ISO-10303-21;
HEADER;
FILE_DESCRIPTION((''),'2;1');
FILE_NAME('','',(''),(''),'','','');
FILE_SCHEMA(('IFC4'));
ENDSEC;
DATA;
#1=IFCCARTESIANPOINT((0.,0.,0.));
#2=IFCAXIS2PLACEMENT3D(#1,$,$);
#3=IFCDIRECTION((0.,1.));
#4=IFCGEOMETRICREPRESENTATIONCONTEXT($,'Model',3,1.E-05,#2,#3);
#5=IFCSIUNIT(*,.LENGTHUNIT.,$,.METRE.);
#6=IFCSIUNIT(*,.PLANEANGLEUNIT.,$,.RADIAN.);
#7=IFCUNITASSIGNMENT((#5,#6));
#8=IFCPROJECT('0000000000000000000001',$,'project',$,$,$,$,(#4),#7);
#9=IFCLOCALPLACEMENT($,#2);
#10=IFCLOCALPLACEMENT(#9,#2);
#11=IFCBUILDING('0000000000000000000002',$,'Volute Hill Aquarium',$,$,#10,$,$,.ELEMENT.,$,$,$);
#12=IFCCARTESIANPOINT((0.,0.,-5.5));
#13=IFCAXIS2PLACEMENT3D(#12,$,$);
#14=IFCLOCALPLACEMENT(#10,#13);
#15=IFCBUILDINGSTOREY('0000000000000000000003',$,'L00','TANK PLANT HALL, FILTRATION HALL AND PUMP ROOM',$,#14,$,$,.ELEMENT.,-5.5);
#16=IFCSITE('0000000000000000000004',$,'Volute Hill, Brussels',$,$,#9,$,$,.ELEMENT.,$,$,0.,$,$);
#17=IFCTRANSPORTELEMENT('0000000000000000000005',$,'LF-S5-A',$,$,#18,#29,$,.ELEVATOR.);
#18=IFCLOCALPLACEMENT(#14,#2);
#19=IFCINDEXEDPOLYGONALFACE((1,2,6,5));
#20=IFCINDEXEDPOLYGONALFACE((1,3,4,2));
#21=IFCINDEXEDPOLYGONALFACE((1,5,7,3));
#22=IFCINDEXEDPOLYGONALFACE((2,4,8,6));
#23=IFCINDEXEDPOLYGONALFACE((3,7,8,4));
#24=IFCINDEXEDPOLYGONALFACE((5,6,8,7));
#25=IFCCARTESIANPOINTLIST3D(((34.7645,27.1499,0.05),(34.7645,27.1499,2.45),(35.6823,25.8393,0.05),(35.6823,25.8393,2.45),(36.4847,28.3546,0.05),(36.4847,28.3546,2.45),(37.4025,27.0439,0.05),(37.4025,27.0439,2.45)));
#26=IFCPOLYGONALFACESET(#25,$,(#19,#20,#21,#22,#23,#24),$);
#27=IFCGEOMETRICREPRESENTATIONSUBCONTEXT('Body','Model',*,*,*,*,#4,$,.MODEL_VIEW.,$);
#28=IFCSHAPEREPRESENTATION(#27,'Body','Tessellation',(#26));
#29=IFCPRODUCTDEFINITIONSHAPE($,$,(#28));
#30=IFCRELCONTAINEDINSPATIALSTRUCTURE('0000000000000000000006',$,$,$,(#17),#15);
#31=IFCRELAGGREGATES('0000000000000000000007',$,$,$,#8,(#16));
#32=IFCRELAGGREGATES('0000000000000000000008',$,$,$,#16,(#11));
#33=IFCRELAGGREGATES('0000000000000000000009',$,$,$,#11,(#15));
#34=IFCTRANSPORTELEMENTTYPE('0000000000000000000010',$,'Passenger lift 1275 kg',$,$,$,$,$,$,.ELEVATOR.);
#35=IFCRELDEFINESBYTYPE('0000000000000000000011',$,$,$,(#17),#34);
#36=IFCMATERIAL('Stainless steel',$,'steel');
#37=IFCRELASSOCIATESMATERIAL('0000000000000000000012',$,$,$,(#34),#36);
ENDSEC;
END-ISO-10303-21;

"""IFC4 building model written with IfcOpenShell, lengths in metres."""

from ifc_helpers import new_model, si_unit, direction, frame, origin, origin_2d, place, context, subcontext, project, spatial, rectangle, extrude, material, type_object, element, save


model = new_model("IFC4")

# Units and contexts
model_context = context("Model", 3, precision=1e-05, world=origin(), true_north=direction((0.0, 1.0)))
body_context = subcontext(model_context, "Body", "Model", "MODEL_VIEW")
ifc_project = project(units=[si_unit("LENGTHUNIT", "METRE"), si_unit("PLANEANGLEUNIT", "RADIAN")], contexts=[model_context])

# Site, building, storey
site_placement = place(None, origin())
site = spatial("IfcSite", under=ifc_project, at=site_placement, Name="Volute Hill, Brussels", CompositionType="ELEMENT", RefElevation=0.0)
building_placement = place(site_placement, origin())
building = spatial("IfcBuilding", under=site, at=building_placement, Name="Volute Hill Aquarium", CompositionType="ELEMENT")
storey_placement = place(building_placement, frame((0.0, 0.0, -5.5)))
storey = spatial("IfcBuildingStorey", under=building, at=storey_placement, Name="L00", Description="TANK PLANT HALL, FILTRATION HALL AND PUMP ROOM", CompositionType="ELEMENT", Elevation=-5.5)

# Transport element
ifc_material_1 = material(Name="Stainless steel", Category="steel")
transport_element_type = type_object("IfcTransportElementType", Name="Passenger lift 1275 kg", PredefinedType="ELEVATOR", material=ifc_material_1)
transport_element_placement = place(storey_placement, frame((36.0835, 27.0969, 0.05), z_axis=(0.0, 0.0, 1.0), x_axis=(0.819124, 0.573617, 0.0)))
element("IfcTransportElement", 1, at=transport_element_placement, inside=storey, type_object=transport_element_type, Name="LF-S5-A", PredefinedType="ELEVATOR", context=body_context, shape_type="SweptSolid", body=[
    extrude(rectangle(XDim=2.1001, YDim=1.6001, at=origin_2d()), origin(), (0.0, 0.0, 1.0), 2.3999),
])

save(model, "model.ifc")
